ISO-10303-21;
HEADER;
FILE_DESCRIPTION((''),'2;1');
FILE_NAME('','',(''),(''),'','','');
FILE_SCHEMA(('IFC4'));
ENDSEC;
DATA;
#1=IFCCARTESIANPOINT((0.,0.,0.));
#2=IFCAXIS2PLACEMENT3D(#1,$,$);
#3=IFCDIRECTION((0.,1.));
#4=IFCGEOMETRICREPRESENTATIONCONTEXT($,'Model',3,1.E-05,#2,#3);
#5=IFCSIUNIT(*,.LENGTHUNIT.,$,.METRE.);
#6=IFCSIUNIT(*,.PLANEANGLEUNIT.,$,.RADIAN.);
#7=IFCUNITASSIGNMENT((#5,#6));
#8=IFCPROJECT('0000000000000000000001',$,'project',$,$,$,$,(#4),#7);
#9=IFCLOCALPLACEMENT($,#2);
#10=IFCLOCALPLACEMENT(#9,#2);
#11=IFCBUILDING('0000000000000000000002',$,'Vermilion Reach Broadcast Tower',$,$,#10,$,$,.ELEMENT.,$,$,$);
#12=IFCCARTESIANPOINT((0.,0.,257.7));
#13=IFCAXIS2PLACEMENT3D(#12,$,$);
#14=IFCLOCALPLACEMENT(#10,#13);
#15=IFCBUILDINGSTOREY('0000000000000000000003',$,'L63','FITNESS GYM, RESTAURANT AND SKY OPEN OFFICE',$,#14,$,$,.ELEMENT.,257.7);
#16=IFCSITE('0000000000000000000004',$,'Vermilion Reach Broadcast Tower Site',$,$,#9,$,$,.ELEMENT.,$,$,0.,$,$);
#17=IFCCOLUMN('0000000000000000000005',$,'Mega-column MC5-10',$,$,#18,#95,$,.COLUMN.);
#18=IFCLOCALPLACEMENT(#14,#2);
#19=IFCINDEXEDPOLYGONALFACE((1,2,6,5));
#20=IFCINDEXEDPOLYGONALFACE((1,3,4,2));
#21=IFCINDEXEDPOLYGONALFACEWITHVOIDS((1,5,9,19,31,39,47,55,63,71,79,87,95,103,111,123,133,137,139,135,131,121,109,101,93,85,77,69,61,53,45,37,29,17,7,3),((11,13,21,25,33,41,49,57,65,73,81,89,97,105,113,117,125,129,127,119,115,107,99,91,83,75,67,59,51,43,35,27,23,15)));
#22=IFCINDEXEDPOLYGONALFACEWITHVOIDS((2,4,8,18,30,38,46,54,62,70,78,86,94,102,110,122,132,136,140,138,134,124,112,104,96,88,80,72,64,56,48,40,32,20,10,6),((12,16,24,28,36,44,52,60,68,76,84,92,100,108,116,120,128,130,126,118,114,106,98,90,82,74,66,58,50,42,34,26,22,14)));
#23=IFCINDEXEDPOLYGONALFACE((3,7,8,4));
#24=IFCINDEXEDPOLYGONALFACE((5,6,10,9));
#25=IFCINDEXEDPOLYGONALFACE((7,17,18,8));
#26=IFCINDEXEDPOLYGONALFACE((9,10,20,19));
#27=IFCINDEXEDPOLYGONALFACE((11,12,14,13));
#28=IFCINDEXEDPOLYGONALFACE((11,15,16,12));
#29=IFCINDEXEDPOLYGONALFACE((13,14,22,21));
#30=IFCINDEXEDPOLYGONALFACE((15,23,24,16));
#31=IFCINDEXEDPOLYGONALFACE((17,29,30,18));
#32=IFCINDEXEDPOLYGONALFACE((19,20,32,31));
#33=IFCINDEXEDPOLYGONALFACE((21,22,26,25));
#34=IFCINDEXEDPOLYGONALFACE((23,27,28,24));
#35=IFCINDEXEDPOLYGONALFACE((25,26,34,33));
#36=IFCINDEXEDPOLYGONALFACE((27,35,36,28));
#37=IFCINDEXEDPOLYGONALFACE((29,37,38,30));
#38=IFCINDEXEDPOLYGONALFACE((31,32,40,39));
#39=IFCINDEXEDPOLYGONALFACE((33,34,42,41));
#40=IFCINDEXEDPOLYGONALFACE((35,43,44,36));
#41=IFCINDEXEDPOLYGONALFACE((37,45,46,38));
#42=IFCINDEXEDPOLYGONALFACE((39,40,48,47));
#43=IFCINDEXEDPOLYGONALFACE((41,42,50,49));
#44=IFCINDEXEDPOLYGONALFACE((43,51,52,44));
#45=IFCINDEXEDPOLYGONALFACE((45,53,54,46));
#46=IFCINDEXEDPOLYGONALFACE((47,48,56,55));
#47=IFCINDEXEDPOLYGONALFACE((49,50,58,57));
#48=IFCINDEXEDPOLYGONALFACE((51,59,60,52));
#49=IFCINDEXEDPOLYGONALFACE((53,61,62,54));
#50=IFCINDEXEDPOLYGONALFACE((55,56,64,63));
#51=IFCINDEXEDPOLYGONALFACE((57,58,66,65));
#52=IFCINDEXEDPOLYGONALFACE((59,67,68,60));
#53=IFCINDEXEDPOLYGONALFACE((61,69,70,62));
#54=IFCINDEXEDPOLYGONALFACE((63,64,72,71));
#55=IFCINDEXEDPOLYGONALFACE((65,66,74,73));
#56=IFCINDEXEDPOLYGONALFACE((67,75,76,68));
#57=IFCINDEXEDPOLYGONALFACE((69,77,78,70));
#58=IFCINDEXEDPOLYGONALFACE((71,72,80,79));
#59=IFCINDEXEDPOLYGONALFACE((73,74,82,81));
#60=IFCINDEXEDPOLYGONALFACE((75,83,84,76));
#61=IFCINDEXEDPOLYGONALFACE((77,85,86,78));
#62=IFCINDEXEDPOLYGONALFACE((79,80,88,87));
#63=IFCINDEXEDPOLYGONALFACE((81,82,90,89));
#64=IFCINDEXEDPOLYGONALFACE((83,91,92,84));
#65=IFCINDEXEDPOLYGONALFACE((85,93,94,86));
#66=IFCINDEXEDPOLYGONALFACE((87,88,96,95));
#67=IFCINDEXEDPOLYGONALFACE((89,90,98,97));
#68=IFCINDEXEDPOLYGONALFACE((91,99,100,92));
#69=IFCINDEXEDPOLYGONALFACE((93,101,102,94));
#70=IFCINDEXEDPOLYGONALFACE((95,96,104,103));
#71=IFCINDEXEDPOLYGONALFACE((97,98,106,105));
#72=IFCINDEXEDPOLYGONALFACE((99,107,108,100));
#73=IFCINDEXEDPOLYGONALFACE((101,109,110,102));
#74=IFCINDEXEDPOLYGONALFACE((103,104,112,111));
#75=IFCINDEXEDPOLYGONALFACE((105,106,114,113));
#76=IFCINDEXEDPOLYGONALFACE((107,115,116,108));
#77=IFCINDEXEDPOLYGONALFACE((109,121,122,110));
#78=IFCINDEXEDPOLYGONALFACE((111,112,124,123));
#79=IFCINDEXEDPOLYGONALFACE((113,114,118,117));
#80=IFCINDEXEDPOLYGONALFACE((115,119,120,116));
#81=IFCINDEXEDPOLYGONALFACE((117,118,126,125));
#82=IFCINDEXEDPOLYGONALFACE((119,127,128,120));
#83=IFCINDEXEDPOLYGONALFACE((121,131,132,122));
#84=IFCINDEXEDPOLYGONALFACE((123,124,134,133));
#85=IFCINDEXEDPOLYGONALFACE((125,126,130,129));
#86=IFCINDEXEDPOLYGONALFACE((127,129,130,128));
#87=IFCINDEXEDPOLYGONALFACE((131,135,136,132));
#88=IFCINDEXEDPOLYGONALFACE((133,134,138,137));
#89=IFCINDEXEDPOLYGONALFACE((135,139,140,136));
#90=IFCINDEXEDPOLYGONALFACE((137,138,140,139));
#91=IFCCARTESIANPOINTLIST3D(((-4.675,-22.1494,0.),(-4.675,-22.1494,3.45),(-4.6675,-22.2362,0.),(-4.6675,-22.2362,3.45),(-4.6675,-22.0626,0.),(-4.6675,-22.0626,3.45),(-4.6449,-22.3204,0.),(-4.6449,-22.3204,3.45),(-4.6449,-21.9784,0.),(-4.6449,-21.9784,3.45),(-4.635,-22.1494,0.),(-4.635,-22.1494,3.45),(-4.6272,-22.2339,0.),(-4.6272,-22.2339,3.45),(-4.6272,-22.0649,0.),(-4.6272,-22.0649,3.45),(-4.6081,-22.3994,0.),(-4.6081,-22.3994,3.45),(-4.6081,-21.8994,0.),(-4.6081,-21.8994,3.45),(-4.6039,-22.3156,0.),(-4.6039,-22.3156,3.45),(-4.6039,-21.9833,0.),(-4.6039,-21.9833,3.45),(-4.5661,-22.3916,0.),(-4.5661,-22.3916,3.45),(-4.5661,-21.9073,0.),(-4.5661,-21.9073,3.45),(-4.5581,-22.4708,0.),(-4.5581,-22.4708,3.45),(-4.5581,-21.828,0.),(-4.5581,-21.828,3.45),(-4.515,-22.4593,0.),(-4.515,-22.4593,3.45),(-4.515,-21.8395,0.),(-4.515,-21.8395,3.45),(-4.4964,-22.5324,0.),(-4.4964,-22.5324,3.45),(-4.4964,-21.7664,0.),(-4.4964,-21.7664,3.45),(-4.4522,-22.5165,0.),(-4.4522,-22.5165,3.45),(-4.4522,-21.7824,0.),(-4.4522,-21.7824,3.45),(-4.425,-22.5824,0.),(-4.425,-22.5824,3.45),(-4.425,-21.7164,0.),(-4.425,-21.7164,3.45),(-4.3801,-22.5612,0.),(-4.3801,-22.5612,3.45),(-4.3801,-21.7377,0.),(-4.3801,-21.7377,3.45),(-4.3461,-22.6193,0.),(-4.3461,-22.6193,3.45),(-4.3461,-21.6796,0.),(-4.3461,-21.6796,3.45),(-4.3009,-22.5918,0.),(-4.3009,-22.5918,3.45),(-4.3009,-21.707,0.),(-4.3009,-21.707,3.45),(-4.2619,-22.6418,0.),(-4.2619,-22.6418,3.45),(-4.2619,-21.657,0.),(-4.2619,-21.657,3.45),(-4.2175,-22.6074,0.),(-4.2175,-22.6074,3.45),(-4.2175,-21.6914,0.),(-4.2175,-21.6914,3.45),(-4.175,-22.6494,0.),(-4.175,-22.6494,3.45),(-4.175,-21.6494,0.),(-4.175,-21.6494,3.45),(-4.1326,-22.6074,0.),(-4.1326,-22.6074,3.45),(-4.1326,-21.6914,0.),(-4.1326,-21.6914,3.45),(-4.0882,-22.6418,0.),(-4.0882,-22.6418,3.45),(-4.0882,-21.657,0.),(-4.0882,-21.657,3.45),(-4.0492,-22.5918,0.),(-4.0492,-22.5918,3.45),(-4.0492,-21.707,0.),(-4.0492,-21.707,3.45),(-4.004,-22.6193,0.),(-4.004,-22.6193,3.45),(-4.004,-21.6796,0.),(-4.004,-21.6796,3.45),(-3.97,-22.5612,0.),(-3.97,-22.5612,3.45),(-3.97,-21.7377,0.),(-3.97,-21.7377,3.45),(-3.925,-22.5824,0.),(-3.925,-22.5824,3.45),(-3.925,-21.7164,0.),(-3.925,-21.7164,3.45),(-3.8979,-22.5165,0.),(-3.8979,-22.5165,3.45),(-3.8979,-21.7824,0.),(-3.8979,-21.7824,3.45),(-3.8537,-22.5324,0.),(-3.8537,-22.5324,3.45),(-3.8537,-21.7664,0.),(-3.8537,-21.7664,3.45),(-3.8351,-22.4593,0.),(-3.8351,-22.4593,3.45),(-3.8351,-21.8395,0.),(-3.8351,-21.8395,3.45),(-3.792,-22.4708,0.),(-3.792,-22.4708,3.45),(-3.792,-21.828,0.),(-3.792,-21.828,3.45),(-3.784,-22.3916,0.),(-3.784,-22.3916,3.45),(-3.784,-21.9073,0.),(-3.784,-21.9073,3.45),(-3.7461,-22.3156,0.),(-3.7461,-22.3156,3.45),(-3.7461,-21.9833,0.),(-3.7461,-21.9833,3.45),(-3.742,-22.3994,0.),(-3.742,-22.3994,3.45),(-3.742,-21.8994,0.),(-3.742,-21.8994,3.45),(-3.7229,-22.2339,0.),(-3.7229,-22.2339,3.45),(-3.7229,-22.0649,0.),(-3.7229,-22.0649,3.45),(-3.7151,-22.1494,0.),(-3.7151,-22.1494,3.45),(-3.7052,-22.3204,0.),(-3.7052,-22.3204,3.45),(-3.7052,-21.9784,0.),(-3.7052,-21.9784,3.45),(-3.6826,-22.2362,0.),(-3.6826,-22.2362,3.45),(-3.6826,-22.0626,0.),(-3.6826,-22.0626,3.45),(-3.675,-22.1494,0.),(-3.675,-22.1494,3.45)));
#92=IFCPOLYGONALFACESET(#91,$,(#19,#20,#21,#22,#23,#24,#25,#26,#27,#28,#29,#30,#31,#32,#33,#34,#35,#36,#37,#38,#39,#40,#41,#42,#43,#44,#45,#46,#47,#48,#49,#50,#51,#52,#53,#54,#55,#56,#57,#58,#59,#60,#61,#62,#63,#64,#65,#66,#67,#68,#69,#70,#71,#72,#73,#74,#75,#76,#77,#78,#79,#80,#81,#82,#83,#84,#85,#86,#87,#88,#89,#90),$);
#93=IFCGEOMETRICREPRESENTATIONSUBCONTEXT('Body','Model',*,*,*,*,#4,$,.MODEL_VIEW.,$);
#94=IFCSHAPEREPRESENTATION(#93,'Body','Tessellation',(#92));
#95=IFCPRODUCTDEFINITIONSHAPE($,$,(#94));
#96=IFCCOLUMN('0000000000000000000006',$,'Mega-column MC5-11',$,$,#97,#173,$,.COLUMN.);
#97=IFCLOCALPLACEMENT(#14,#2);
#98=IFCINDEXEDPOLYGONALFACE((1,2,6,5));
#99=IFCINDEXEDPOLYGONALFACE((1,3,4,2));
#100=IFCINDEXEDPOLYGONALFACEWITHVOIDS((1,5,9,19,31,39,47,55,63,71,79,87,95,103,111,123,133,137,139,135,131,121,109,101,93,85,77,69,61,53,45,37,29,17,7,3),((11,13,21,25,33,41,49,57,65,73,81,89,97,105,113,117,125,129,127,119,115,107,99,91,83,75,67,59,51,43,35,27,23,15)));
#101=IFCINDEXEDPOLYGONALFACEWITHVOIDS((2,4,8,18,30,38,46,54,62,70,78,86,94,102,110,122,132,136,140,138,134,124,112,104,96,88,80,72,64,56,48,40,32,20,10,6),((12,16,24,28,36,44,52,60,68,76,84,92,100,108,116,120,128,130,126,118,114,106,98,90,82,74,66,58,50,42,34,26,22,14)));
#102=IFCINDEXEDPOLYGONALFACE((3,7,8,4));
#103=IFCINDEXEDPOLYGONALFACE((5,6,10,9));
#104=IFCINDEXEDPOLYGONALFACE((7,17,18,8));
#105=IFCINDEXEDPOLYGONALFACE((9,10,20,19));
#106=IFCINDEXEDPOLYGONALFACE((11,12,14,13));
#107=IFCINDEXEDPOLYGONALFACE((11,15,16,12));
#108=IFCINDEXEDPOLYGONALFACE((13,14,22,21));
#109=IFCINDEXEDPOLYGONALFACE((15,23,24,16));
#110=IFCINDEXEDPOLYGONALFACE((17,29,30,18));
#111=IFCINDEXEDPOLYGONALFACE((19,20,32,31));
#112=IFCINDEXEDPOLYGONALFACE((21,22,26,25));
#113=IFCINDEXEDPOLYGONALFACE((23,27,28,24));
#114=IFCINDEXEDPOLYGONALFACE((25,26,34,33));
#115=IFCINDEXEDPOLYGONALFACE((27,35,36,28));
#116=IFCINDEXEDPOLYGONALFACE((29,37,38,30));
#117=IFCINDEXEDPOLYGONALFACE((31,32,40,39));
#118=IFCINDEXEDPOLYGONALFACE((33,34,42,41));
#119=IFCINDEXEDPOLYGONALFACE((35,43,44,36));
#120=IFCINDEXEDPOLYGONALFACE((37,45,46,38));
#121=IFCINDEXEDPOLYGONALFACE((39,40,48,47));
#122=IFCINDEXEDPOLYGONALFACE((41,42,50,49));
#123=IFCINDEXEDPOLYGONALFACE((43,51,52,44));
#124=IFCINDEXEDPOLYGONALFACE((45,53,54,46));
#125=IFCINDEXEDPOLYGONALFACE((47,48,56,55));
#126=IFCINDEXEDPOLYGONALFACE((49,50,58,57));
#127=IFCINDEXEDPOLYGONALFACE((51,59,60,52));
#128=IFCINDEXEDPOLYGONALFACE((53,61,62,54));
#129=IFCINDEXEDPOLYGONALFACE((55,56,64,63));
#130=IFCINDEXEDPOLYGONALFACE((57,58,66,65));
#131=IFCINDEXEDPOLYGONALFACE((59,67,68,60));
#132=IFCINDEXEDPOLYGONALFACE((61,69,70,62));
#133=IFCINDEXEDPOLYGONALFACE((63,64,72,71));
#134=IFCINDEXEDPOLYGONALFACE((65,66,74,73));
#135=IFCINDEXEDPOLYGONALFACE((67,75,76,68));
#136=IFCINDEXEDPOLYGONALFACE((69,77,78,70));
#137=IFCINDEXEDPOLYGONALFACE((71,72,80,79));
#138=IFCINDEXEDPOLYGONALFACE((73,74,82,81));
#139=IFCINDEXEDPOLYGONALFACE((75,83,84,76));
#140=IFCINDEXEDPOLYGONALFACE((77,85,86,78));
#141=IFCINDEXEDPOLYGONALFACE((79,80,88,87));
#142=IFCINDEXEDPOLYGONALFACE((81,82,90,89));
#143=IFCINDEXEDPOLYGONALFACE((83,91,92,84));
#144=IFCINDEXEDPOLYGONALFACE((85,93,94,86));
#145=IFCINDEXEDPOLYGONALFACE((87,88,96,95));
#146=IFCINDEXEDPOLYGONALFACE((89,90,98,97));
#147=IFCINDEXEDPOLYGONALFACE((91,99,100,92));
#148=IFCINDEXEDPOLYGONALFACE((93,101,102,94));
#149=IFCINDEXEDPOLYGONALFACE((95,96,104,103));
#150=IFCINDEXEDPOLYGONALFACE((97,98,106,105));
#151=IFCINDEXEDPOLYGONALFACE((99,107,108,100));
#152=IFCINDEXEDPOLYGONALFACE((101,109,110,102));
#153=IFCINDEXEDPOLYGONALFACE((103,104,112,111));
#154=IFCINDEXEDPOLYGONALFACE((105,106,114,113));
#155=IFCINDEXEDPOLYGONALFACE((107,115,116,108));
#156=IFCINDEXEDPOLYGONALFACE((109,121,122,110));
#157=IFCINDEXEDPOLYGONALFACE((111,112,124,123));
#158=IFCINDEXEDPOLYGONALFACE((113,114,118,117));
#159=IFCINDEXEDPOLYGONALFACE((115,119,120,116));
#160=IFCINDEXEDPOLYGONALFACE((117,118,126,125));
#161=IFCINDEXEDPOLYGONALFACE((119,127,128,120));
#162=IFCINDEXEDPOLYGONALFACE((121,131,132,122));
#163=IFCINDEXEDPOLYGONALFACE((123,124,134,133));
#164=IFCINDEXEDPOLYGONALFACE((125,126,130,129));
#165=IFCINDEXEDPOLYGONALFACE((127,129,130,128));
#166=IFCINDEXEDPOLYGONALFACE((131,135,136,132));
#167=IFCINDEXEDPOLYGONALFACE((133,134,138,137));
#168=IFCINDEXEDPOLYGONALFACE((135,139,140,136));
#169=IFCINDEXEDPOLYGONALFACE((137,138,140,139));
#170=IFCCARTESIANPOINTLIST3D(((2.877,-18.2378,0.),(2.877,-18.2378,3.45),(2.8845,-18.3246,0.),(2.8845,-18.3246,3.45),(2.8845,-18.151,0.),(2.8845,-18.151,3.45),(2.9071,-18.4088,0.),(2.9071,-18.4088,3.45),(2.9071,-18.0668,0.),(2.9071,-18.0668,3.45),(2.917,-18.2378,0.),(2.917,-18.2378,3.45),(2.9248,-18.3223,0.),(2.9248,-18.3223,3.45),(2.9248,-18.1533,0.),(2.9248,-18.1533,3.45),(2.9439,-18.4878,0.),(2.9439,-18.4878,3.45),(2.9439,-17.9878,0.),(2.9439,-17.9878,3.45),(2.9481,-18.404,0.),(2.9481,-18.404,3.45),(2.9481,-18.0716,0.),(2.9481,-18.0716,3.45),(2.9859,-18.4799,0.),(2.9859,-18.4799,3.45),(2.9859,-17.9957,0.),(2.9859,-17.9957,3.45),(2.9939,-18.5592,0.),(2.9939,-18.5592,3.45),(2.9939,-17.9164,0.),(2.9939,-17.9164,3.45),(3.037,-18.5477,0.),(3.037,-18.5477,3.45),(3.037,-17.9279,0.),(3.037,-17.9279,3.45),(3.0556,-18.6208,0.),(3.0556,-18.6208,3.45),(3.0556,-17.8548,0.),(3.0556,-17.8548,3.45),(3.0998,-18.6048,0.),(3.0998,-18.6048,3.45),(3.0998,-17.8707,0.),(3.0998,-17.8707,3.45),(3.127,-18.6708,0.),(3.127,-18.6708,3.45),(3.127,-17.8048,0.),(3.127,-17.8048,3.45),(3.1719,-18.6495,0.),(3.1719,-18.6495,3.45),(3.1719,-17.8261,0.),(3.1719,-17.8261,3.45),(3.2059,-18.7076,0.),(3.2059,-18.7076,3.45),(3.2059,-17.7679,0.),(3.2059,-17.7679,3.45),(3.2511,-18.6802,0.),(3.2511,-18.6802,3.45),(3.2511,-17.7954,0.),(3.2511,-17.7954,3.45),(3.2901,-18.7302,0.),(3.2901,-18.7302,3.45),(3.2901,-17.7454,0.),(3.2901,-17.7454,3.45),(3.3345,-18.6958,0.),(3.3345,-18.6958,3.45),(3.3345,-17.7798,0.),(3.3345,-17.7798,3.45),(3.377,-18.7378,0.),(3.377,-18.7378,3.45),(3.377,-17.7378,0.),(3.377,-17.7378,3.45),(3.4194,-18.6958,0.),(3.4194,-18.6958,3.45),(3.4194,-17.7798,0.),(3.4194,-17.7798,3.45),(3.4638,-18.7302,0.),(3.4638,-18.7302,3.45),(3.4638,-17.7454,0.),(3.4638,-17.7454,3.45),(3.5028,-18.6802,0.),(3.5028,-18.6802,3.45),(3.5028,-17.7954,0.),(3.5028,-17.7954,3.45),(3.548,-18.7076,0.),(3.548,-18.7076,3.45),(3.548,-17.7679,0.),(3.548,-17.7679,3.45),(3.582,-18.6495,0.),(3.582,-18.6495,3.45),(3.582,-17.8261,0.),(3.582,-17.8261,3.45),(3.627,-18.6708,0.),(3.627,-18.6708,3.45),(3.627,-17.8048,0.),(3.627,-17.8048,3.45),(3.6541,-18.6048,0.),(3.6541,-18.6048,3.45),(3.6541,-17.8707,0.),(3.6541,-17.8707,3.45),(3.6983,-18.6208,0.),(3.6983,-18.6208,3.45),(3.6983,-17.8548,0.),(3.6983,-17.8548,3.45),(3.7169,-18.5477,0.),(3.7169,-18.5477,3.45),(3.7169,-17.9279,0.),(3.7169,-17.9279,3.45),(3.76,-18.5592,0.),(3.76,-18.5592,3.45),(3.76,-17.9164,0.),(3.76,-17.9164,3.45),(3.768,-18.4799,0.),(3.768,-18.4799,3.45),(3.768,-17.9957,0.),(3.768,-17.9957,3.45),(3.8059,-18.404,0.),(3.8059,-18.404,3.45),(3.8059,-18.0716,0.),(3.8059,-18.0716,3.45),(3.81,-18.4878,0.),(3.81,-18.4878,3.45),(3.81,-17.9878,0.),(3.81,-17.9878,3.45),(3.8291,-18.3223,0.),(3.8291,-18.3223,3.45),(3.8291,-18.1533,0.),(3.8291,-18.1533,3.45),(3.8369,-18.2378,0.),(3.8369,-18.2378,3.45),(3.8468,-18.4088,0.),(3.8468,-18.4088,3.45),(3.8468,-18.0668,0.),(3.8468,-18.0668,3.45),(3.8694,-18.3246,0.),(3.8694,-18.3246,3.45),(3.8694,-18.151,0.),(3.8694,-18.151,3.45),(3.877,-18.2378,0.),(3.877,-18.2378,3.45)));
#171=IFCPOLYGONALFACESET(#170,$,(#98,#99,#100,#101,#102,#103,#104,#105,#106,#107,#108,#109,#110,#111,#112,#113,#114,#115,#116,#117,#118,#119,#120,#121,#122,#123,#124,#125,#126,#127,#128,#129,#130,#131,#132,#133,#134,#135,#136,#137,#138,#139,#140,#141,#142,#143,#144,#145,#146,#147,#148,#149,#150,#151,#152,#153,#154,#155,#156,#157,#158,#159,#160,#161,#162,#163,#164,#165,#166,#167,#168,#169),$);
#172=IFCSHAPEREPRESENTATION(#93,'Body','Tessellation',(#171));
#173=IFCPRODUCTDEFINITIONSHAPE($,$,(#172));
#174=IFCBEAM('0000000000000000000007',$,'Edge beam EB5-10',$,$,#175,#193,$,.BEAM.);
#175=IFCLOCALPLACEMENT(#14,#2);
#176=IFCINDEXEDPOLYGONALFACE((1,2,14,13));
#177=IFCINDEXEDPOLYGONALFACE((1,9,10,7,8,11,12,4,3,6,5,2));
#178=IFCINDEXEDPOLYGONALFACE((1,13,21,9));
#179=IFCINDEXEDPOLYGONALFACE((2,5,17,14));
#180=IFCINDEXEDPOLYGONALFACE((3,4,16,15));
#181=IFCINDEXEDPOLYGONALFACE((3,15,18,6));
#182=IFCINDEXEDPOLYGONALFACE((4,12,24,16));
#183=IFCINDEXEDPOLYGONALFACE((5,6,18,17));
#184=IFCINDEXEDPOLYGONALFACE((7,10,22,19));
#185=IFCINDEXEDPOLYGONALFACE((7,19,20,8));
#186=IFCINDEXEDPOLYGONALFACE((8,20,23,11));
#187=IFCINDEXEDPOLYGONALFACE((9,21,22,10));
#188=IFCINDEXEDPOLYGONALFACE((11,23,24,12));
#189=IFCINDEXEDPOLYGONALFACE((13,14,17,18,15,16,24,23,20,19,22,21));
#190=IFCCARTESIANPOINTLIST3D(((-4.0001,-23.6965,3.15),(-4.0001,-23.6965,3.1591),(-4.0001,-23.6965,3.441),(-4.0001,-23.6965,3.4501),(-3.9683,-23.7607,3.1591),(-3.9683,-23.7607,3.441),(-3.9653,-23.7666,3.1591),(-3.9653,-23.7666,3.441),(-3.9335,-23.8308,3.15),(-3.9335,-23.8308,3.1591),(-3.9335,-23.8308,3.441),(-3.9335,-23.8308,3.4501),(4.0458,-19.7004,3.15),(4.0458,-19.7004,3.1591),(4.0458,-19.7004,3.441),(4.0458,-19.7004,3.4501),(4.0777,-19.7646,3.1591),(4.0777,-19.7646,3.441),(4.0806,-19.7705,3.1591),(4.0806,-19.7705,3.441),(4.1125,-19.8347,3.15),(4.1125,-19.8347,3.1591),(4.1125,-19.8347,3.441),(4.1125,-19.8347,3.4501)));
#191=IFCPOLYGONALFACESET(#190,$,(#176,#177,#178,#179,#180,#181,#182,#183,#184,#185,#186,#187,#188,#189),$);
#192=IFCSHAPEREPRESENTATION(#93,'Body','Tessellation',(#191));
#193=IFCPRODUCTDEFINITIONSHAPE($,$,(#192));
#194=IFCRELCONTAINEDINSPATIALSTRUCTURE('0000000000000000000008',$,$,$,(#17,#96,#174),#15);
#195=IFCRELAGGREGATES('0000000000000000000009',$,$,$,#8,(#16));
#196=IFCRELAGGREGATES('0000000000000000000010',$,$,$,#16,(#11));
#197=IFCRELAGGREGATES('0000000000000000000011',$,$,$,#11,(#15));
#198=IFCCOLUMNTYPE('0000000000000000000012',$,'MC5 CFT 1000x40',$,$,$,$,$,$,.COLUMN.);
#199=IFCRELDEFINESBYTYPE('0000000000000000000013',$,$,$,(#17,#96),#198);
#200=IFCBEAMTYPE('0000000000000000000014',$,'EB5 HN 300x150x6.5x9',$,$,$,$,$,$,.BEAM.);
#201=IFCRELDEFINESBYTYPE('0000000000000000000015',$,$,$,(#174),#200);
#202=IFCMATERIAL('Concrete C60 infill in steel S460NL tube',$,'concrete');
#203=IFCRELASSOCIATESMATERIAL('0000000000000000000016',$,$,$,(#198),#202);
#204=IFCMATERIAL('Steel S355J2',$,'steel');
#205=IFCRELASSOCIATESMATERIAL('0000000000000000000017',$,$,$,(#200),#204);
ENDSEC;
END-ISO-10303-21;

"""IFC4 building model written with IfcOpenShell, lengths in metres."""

from ifc_helpers import new_model, si_unit, direction, frame, origin, origin_2d, place, context, subcontext, project, spatial, hollow_circle, i_section, extrude, material, material_profile, profile_set, type_object, element, save


model = new_model("IFC4")

# Units and contexts
model_context = context("Model", 3, precision=1e-05, world=origin(), true_north=direction((0.0, 1.0)))
body_context = subcontext(model_context, "Body", "Model", "MODEL_VIEW")
ifc_project = project(units=[si_unit("LENGTHUNIT", "METRE"), si_unit("PLANEANGLEUNIT", "RADIAN")], contexts=[model_context])

# Site, building, storey
site_placement = place(None, origin())
site = spatial("IfcSite", under=ifc_project, at=site_placement, Name="Vermilion Reach Broadcast Tower Site", CompositionType="ELEMENT", RefElevation=0.0)
building_placement = place(site_placement, origin())
building = spatial("IfcBuilding", under=site, at=building_placement, Name="Vermilion Reach Broadcast Tower", CompositionType="ELEMENT")
storey_placement = place(building_placement, frame((0.0, 0.0, 257.7)))
storey = spatial("IfcBuildingStorey", under=building, at=storey_placement, Name="L63", Description="FITNESS GYM, RESTAURANT AND SKY OPEN OFFICE", CompositionType="ELEMENT", Elevation=257.7)

# Columns
ifc_material_1 = material(Name="Concrete C60 infill in steel S460NL tube", Category="concrete")
ifc_material_profile_1 = material_profile(ifc_material_1, hollow_circle(Radius=0.5, WallThickness=0.04, at=origin_2d()), Name="Concrete C60 infill in steel S460NL tube CFT 1000x40")
ifc_profile_set_1 = profile_set([ifc_material_profile_1], Name="Concrete C60 infill in steel S460NL tube")
column_type = type_object("IfcColumnType", Name="MC5 CFT 1000x40", PredefinedType="COLUMN", material=ifc_profile_set_1)
for number, where, z_axis, x_axis, name in (
    (1, (-4.175, -22.1494, 0.0), (0.0, 0.0, 1.0), (1.0, 0.0, 0.0), "Mega-column MC5-10"),
    (2, (3.377, -18.2378, 0.0), (0.0, 0.0, 1.0), (1.0, 0.0, 0.0), "Mega-column MC5-11"),
):
    element("IfcColumn", number, at=place(storey_placement, frame(where, z_axis=z_axis, x_axis=x_axis)), inside=storey, type_object=column_type, Name=name, PredefinedType="COLUMN", context=body_context, shape_type="SweptSolid", body=[
        extrude(hollow_circle(Radius=0.5, WallThickness=0.04, at=origin_2d()), origin(), (0.0, 0.0, 1.0), 3.45),
    ])

# Beam
ifc_material_2 = material(Name="Steel S355J2", Category="steel")
ifc_material_profile_2 = material_profile(ifc_material_2, i_section(OverallWidth=0.1499, OverallDepth=0.3, WebThickness=0.0066, FlangeThickness=0.009, at=origin_2d()), Name="S355J2 HN 300x150x6.5x9")
ifc_profile_set_2 = profile_set([ifc_material_profile_2], Name="Steel S355J2")
beam_type_1 = type_object("IfcBeamType", Name="EB5 HN 300x150x6.5x9", PredefinedType="BEAM", material=ifc_profile_set_2)
beam_1_placement = place(storey_placement, frame((-3.9668, -23.7637, 3.3), z_axis=(0.89562, 0.44482, 0.0), x_axis=(-0.44482, 0.89562, 0.0)))
element("IfcBeam", 3, at=beam_1_placement, inside=storey, type_object=beam_type_1, Name="Edge beam EB5-10", PredefinedType="BEAM", context=body_context, shape_type="SweptSolid", body=[
    extrude(i_section(OverallWidth=0.1499, OverallDepth=0.3, WebThickness=0.0066, FlangeThickness=0.009, at=origin_2d()), origin(), (0.0, 0.0, 1.0), 8.9836),
])

save(model, "model.ifc")
